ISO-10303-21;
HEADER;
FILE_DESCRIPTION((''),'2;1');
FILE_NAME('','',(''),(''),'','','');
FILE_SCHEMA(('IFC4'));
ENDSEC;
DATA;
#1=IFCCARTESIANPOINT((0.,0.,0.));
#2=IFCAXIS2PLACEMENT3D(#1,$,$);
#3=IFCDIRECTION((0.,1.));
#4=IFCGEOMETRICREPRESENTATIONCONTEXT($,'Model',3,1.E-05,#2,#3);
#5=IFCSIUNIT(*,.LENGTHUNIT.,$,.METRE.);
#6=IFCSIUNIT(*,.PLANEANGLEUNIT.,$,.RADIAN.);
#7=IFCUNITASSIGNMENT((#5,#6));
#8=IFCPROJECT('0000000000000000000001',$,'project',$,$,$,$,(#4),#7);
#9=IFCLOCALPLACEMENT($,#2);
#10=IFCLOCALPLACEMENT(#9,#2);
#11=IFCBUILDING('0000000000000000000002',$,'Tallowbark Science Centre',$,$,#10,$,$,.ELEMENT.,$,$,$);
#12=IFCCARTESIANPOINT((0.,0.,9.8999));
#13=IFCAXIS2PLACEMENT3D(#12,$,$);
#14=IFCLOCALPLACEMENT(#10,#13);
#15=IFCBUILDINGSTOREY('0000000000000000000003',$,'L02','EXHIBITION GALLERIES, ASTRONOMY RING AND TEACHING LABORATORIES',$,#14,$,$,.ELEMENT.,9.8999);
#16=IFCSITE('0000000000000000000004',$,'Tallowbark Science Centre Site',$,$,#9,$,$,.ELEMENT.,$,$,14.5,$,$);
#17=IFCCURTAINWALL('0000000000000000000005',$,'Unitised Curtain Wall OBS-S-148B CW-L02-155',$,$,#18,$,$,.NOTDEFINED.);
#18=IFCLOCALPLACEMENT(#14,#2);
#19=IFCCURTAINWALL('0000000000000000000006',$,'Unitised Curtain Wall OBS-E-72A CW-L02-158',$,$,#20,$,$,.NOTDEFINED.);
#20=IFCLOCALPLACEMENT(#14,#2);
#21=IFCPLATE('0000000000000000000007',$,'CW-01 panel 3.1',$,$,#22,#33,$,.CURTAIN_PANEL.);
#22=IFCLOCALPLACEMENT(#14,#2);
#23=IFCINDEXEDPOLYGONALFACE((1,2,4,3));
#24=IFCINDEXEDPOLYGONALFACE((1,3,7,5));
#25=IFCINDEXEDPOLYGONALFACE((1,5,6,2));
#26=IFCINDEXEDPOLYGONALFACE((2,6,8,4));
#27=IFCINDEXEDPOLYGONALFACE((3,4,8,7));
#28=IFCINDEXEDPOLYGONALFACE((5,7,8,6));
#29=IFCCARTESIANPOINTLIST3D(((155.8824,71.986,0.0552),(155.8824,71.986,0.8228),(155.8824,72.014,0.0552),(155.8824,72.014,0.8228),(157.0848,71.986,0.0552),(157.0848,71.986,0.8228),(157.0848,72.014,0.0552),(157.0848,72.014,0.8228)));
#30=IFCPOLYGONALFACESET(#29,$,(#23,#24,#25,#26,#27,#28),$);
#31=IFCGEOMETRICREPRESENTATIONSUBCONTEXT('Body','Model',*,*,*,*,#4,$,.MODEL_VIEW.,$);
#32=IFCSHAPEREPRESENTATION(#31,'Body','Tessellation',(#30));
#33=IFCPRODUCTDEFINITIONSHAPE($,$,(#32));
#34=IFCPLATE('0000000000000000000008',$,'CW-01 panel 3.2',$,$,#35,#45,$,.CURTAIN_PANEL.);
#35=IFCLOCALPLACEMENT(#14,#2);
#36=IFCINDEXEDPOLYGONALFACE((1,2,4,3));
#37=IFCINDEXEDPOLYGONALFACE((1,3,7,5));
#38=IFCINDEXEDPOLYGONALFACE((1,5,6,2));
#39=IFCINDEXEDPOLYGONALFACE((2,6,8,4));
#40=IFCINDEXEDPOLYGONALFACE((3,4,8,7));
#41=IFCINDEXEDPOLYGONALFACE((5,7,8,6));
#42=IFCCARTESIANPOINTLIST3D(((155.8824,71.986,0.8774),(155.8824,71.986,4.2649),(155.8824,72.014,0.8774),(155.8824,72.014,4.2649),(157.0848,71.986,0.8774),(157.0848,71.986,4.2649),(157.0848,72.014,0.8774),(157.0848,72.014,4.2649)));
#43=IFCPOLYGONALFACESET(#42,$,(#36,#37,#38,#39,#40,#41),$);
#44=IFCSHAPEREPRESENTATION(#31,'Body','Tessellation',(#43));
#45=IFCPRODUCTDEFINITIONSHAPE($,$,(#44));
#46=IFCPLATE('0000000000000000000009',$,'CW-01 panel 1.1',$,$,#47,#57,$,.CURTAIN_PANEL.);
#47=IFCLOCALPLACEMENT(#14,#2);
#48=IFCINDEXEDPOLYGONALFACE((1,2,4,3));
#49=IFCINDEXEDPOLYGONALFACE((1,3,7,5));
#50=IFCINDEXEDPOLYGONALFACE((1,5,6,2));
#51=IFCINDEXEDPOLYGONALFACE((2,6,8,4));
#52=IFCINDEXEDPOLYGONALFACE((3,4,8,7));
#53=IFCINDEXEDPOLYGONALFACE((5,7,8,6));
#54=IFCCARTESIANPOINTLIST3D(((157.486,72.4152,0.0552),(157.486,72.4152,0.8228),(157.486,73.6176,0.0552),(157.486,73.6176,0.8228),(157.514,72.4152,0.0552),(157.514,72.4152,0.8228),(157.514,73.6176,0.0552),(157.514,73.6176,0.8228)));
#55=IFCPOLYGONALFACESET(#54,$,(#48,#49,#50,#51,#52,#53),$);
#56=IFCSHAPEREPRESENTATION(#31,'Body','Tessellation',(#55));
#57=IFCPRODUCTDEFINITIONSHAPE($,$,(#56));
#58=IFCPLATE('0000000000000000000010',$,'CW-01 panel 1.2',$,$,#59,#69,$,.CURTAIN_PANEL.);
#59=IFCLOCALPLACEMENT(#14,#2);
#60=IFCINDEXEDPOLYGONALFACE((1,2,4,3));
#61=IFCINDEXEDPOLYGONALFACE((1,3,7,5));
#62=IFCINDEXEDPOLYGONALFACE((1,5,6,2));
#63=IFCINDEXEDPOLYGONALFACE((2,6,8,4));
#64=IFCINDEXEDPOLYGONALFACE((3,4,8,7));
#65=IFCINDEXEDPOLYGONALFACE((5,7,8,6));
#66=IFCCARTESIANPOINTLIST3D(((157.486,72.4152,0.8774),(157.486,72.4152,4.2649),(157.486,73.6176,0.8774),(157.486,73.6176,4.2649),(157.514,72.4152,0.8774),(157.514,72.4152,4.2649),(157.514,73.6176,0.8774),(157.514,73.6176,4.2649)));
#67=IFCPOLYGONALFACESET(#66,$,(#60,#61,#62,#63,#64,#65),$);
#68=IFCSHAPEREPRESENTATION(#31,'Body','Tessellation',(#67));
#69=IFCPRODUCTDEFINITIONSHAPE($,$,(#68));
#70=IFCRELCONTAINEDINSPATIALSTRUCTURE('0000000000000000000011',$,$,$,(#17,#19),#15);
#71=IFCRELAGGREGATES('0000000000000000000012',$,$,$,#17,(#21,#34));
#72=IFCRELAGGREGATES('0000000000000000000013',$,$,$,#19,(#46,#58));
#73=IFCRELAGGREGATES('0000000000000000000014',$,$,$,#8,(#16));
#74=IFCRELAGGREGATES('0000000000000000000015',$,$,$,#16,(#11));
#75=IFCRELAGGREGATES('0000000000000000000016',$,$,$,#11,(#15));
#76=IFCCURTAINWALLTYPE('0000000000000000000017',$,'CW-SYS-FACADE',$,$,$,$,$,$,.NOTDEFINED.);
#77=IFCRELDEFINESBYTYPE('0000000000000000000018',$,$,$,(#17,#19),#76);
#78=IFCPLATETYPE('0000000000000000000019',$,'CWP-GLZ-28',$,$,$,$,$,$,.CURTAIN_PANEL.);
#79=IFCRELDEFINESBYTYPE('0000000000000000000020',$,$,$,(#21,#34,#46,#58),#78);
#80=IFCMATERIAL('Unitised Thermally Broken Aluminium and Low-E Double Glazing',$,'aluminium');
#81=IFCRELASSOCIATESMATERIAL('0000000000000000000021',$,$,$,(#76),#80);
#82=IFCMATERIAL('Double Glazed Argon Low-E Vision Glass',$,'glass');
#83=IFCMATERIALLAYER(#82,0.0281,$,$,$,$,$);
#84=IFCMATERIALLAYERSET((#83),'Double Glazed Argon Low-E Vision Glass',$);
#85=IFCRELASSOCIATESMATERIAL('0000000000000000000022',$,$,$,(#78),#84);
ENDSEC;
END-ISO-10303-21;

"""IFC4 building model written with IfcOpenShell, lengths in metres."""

from ifc_helpers import new_model, si_unit, direction, frame, origin, origin_2d, place, context, subcontext, project, spatial, rectangle, extrude, material, layer, layer_set, type_object, element, aggregate, save


model = new_model("IFC4")

# Units and contexts
model_context = context("Model", 3, precision=1e-05, world=origin(), true_north=direction((0.0, 1.0)))
body_context = subcontext(model_context, "Body", "Model", "MODEL_VIEW")
ifc_project = project(units=[si_unit("LENGTHUNIT", "METRE"), si_unit("PLANEANGLEUNIT", "RADIAN")], contexts=[model_context])

# Site, building, storey
site_placement = place(None, origin())
site = spatial("IfcSite", under=ifc_project, at=site_placement, Name="Tallowbark Science Centre Site", CompositionType="ELEMENT", RefElevation=14.5)
building_placement = place(site_placement, origin())
building = spatial("IfcBuilding", under=site, at=building_placement, Name="Tallowbark Science Centre", CompositionType="ELEMENT")
storey_placement = place(building_placement, frame((0.0, 0.0, 9.8999)))
storey = spatial("IfcBuildingStorey", under=building, at=storey_placement, Name="L02", Description="EXHIBITION GALLERIES, ASTRONOMY RING AND TEACHING LABORATORIES", CompositionType="ELEMENT", Elevation=9.8999)

# Curtain walls
ifc_material_1 = material(Name="Unitised Thermally Broken Aluminium and Low-E Double Glazing", Category="aluminium")
curtain_wall_type = type_object("IfcCurtainWallType", Name="CW-SYS-FACADE", PredefinedType="NOTDEFINED", material=ifc_material_1)
curtain_wall_1_placement = place(storey_placement, origin())
curtain_wall_1 = element("IfcCurtainWall", 1, at=curtain_wall_1_placement, inside=storey, type_object=curtain_wall_type, Name="Unitised Curtain Wall OBS-S-148B CW-L02-155", PredefinedType="NOTDEFINED")
curtain_wall_2_placement = place(storey_placement, origin())
curtain_wall_2 = element("IfcCurtainWall", 2, at=curtain_wall_2_placement, inside=storey, type_object=curtain_wall_type, Name="Unitised Curtain Wall OBS-E-72A CW-L02-158", PredefinedType="NOTDEFINED")

# Plates
ifc_material_2 = material(Name="Double Glazed Argon Low-E Vision Glass", Category="glass")
ifc_layer = layer(ifc_material_2, 0.0281)
ifc_layer_set = layer_set([ifc_layer], Name="Double Glazed Argon Low-E Vision Glass")
plate_type = type_object("IfcPlateType", Name="CWP-GLZ-28", PredefinedType="CURTAIN_PANEL", material=ifc_layer_set)
plate_1_placement = place(storey_placement, frame((156.4836, 72.0, 0.0552), z_axis=(0.0, 0.0, 1.0), x_axis=(1.0, 0.0, 0.0)))
plate_1 = element("IfcPlate", 3, at=plate_1_placement, type_object=plate_type, Name="CW-01 panel 3.1", PredefinedType="CURTAIN_PANEL", context=body_context, shape_type="SweptSolid", body=[
    extrude(rectangle(XDim=1.2024, YDim=0.0281, at=origin_2d()), origin(), (0.0, 0.0, 1.0), 0.7676),
])
plate_2_placement = place(storey_placement, frame((156.4836, 72.0, 0.8774), z_axis=(0.0, 0.0, 1.0), x_axis=(1.0, 0.0, 0.0)))
plate_2 = element("IfcPlate", 4, at=plate_2_placement, type_object=plate_type, Name="CW-01 panel 3.2", PredefinedType="CURTAIN_PANEL", context=body_context, shape_type="SweptSolid", body=[
    extrude(rectangle(XDim=1.2024, YDim=0.0281, at=origin_2d()), origin(), (0.0, 0.0, 1.0), 3.3875),
])
aggregate(curtain_wall_1, [plate_1, plate_2])
plate_3_placement = place(storey_placement, frame((157.5, 73.0164, 0.0552), z_axis=(0.0, 0.0, 1.0), x_axis=(0.0, 1.0, 0.0)))
plate_3 = element("IfcPlate", 5, at=plate_3_placement, type_object=plate_type, Name="CW-01 panel 1.1", PredefinedType="CURTAIN_PANEL", context=body_context, shape_type="SweptSolid", body=[
    extrude(rectangle(XDim=1.2024, YDim=0.0281, at=origin_2d()), origin(), (0.0, 0.0, 1.0), 0.7676),
])
plate_4_placement = place(storey_placement, frame((157.5, 73.0164, 0.8774), z_axis=(0.0, 0.0, 1.0), x_axis=(0.0, 1.0, 0.0)))
plate_4 = element("IfcPlate", 6, at=plate_4_placement, type_object=plate_type, Name="CW-01 panel 1.2", PredefinedType="CURTAIN_PANEL", context=body_context, shape_type="SweptSolid", body=[
    extrude(rectangle(XDim=1.2024, YDim=0.0281, at=origin_2d()), origin(), (0.0, 0.0, 1.0), 3.3875),
])
aggregate(curtain_wall_2, [plate_3, plate_4])

save(model, "model.ifc")
